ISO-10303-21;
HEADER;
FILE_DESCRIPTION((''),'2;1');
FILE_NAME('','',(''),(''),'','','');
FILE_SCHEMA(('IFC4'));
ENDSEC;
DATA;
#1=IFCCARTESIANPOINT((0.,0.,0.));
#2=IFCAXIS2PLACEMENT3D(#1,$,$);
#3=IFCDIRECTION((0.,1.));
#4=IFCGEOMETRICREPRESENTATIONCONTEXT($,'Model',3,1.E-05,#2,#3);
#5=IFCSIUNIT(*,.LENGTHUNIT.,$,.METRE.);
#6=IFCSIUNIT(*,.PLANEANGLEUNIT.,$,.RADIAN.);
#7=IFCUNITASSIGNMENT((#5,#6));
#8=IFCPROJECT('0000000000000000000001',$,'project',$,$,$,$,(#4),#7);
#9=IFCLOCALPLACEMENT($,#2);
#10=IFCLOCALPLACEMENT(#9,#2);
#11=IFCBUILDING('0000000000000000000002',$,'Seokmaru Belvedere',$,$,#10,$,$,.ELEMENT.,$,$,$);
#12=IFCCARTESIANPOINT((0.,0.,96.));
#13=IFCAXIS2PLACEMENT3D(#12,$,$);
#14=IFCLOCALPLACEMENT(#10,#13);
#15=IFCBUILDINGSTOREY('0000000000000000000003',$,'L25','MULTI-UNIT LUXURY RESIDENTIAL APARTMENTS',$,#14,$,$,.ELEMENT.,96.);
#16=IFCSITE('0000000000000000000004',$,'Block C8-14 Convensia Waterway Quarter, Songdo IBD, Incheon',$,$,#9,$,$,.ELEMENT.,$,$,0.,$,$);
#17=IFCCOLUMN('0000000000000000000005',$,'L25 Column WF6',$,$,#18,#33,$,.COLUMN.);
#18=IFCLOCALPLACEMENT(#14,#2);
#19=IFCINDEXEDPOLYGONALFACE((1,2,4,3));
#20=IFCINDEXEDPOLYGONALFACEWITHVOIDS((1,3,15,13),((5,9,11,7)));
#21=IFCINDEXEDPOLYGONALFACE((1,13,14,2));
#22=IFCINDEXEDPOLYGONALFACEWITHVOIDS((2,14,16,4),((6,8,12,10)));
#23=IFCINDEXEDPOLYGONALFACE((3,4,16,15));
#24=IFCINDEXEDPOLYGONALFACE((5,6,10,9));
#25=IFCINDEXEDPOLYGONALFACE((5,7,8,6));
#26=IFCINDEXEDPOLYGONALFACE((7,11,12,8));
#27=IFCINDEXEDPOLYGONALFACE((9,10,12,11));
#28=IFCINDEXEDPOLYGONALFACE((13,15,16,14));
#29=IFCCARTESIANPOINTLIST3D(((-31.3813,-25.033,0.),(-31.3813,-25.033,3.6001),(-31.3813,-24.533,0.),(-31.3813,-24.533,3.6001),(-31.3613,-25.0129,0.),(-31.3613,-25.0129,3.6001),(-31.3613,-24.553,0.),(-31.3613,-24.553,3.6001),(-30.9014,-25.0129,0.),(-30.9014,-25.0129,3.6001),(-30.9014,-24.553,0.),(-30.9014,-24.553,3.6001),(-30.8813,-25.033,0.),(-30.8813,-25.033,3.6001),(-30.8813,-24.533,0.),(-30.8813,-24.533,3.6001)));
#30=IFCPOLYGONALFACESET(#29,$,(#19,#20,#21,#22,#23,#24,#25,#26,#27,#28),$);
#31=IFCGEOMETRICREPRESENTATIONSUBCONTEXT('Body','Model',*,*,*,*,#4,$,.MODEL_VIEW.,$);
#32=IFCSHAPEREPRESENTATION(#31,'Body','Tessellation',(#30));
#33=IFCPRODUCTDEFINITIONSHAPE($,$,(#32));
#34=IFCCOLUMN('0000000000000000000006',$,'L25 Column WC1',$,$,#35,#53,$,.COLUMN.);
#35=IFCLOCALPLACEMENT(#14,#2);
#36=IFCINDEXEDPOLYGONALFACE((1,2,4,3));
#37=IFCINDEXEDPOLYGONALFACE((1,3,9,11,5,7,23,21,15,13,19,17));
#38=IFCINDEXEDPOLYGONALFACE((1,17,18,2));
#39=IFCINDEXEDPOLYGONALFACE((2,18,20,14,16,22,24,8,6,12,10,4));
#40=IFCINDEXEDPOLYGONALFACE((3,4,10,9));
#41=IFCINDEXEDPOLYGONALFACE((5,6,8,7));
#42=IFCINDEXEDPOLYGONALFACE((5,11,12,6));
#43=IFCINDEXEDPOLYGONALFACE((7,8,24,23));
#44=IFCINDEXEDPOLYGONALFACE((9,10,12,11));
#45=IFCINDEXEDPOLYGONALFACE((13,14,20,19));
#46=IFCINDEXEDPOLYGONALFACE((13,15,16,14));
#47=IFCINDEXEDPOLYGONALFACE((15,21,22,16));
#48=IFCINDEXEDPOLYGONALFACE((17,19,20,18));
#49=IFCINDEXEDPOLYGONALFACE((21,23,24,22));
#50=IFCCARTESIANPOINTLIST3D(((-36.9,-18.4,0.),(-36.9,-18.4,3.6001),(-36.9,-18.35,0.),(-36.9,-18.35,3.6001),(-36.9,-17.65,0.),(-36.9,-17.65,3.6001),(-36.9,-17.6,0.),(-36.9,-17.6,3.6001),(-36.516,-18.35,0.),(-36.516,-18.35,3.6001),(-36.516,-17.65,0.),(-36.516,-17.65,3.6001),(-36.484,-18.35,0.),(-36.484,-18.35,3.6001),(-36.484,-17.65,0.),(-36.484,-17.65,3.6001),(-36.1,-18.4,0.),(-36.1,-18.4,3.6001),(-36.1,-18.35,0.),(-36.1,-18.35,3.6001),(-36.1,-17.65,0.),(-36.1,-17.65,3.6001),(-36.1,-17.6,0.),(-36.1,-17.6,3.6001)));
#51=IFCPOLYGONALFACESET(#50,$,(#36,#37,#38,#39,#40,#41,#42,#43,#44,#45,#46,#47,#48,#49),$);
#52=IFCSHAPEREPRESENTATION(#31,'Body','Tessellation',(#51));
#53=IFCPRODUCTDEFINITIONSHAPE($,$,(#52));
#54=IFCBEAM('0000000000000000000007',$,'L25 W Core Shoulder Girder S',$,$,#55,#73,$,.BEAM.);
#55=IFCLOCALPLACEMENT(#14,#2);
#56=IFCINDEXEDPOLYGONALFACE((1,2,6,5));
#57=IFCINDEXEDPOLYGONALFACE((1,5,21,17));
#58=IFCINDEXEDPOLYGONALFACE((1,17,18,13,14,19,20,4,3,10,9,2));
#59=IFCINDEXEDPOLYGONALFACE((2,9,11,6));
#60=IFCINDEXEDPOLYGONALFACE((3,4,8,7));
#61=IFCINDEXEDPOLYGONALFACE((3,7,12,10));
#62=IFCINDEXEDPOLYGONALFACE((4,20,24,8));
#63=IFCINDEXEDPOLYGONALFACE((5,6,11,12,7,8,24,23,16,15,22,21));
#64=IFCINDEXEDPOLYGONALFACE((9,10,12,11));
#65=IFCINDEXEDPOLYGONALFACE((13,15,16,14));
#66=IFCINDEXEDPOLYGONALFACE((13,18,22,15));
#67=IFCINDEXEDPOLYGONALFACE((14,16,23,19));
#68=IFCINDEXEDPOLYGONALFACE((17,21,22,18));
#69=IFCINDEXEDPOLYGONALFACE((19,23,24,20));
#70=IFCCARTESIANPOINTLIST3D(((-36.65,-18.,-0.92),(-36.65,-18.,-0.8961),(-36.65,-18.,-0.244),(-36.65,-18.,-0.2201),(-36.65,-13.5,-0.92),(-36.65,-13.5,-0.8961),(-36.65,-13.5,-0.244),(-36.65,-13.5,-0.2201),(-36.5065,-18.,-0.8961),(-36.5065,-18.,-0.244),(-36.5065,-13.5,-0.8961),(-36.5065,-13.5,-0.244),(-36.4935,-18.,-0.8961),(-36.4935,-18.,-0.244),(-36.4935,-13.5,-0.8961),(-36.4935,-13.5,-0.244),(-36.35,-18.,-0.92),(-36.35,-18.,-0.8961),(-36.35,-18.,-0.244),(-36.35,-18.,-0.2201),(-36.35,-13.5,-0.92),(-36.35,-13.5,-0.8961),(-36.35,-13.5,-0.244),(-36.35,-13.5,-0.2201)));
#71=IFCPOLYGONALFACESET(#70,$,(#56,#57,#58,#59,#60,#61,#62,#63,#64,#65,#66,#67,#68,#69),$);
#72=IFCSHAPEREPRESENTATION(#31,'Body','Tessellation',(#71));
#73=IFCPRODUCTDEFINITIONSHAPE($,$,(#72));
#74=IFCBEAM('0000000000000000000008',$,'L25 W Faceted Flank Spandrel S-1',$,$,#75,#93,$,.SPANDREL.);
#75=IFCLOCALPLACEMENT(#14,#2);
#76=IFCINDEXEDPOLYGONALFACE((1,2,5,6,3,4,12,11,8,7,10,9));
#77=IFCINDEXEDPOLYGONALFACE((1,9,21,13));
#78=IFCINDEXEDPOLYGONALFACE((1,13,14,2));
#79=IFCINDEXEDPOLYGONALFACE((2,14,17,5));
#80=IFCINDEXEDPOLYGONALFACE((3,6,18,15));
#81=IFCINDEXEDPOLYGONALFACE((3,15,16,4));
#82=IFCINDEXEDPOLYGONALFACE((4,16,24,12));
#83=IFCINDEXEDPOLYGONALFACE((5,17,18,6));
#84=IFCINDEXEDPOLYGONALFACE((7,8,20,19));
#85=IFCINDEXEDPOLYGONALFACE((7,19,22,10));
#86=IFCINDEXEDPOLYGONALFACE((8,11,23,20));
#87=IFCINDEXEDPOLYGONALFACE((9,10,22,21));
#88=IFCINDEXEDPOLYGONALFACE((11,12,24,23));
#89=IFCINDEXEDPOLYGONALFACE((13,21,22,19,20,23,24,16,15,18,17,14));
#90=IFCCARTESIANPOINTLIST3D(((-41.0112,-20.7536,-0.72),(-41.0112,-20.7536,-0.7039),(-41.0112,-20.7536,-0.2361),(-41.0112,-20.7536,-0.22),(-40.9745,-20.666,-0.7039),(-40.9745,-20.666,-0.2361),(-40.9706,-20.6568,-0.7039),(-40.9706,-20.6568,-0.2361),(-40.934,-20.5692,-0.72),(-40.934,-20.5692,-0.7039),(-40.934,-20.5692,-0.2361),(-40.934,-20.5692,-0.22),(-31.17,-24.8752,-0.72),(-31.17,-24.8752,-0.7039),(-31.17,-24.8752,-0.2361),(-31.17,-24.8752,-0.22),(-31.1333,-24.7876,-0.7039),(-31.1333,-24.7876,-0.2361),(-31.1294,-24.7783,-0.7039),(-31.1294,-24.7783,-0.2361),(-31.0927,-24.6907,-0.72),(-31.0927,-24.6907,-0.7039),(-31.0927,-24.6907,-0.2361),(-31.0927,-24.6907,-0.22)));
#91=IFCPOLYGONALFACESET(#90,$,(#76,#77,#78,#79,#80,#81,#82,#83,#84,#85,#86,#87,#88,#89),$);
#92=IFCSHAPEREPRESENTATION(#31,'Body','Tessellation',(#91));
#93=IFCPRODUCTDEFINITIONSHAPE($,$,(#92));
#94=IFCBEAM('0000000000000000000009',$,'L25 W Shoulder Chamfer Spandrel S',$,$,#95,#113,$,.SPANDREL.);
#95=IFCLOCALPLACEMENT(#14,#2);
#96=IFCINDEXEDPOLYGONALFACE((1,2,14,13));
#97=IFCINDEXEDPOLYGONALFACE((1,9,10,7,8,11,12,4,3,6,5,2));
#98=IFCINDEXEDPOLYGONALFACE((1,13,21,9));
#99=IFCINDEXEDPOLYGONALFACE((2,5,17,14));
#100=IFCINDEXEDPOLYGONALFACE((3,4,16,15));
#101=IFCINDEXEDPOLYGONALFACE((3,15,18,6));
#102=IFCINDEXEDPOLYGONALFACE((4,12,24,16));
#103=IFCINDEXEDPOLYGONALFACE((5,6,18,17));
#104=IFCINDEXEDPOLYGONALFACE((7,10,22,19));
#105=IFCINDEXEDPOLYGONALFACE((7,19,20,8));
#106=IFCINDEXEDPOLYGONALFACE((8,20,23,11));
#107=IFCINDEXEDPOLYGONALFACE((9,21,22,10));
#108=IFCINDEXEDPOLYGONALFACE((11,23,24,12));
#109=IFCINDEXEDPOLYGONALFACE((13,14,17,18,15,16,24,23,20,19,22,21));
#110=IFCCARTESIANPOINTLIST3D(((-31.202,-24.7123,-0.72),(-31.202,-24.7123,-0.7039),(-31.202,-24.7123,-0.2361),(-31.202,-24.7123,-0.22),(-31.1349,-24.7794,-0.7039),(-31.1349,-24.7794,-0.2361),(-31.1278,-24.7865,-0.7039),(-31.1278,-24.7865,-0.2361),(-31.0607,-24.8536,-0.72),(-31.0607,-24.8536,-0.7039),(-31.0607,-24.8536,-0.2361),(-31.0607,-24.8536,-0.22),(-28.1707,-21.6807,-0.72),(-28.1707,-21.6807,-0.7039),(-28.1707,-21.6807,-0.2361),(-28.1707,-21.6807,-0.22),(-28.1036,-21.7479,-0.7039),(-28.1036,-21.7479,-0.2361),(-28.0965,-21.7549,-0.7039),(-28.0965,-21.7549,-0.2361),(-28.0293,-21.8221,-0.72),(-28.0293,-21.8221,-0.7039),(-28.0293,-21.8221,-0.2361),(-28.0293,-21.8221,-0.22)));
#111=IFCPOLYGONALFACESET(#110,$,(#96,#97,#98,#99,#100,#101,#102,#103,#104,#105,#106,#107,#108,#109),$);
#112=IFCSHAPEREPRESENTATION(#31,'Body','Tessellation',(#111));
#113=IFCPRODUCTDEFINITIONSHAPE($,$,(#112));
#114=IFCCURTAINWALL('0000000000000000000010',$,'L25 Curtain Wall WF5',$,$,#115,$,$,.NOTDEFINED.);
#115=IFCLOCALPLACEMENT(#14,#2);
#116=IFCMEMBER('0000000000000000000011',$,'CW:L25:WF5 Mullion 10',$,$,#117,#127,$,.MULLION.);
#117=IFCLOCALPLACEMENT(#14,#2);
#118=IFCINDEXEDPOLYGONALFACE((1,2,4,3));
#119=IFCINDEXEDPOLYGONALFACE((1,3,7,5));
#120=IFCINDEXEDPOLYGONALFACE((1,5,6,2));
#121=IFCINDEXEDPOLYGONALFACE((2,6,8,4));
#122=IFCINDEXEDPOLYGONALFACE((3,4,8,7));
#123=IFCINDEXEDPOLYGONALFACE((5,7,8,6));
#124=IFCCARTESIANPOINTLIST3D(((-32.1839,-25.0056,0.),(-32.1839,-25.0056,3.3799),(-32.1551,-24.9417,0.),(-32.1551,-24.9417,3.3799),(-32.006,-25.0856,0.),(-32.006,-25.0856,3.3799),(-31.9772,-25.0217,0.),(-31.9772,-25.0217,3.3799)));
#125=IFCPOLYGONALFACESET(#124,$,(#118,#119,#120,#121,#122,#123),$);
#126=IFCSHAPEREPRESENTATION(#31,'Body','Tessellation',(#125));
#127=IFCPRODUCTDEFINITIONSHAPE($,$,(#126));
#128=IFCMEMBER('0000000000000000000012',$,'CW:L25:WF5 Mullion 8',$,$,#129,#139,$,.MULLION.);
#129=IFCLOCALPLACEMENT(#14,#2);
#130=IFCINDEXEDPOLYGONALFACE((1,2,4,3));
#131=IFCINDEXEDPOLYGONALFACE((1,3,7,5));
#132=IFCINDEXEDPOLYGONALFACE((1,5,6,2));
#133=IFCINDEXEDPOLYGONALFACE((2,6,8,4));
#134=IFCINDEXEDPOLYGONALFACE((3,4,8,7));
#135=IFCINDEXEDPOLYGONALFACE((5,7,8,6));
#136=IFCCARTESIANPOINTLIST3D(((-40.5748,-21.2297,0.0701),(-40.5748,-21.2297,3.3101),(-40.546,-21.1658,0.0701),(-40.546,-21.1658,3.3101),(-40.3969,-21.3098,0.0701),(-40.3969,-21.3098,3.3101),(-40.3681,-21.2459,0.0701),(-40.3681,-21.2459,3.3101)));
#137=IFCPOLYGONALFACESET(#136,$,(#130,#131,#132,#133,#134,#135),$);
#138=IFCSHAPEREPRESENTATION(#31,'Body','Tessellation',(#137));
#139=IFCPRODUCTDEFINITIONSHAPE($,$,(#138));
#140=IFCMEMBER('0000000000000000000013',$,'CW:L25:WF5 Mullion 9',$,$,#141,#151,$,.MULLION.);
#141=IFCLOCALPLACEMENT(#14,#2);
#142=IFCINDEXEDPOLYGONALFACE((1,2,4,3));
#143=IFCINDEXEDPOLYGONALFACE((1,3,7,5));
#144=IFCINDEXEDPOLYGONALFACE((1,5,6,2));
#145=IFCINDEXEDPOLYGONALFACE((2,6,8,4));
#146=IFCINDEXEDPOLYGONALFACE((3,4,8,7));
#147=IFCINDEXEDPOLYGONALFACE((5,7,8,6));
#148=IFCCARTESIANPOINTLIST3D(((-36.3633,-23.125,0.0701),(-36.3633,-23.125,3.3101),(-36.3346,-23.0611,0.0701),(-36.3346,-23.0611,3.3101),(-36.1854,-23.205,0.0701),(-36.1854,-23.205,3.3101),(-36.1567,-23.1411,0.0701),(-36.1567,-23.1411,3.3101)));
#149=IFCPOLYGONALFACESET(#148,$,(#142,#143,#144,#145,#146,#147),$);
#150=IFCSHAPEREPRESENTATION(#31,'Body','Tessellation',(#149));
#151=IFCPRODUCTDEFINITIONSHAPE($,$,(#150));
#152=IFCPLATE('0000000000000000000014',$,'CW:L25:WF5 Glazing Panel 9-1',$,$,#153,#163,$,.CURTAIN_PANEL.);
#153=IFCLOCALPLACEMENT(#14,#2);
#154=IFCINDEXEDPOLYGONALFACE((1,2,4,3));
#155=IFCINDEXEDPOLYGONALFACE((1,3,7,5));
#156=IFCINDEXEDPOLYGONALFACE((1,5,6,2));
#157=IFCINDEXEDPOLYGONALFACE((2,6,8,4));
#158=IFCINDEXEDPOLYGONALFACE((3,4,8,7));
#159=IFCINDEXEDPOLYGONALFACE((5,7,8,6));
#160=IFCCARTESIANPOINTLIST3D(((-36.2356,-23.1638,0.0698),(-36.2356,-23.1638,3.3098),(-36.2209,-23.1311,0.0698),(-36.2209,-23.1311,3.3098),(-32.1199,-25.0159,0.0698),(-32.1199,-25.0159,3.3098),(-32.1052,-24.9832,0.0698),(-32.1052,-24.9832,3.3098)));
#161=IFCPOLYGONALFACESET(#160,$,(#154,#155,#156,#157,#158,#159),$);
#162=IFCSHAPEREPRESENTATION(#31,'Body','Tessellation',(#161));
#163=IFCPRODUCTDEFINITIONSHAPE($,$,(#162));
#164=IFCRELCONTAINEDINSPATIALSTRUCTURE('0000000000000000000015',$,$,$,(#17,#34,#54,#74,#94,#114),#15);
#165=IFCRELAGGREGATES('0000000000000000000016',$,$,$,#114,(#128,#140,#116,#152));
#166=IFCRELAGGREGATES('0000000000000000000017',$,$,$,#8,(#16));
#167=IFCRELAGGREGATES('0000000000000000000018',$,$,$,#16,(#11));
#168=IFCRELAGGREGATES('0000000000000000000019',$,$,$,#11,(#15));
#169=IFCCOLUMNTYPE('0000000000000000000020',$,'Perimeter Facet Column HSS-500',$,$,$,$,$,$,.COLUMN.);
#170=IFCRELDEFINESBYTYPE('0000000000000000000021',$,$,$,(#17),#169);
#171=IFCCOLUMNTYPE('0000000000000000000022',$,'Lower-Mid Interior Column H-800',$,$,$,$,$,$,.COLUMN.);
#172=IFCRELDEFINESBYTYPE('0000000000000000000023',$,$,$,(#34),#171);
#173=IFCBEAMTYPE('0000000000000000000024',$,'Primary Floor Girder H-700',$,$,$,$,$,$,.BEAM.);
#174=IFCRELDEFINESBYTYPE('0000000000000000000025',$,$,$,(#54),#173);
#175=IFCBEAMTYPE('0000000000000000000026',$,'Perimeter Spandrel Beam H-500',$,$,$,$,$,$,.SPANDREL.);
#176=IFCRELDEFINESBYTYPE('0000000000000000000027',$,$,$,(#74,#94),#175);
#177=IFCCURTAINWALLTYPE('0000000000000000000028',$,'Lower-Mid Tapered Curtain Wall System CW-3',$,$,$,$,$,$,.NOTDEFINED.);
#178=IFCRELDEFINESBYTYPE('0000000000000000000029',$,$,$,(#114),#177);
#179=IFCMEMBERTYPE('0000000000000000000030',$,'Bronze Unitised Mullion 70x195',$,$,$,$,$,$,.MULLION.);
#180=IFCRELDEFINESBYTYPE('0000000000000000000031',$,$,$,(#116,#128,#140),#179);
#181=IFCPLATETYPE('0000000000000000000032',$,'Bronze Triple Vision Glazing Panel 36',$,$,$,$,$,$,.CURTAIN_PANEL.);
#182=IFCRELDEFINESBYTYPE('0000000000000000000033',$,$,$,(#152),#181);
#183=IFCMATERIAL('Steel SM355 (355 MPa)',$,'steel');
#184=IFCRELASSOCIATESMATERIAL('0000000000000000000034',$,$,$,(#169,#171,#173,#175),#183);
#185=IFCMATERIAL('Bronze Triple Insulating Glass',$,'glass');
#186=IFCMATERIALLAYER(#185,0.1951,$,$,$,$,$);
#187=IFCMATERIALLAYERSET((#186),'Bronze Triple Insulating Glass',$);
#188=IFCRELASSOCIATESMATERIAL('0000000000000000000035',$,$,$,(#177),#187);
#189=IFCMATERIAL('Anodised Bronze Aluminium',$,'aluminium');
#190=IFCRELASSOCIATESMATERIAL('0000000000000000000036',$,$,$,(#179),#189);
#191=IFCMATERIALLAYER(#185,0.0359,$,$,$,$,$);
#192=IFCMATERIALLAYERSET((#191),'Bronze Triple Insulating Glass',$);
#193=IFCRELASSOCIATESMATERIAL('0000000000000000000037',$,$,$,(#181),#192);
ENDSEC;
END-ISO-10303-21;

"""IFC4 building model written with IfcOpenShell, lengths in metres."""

from ifc_helpers import new_model, si_unit, direction, frame, origin, origin_2d, place, context, subcontext, project, spatial, rectangle, hollow_rectangle, i_section, extrude, source, transform, mapped, material, layer, layer_set, material_profile, profile_set, type_object, type_shapes, element, aggregate, save


model = new_model("IFC4")

# Units and contexts
model_context = context("Model", 3, precision=1e-05, world=origin(), true_north=direction((0.0, 1.0)))
body_context = subcontext(model_context, "Body", "Model", "MODEL_VIEW")
ifc_project = project(units=[si_unit("LENGTHUNIT", "METRE"), si_unit("PLANEANGLEUNIT", "RADIAN")], contexts=[model_context])

# Site, building, storey
site_placement = place(None, origin())
site = spatial("IfcSite", under=ifc_project, at=site_placement, Name="Block C8-14 Convensia Waterway Quarter, Songdo IBD, Incheon", CompositionType="ELEMENT", RefElevation=0.0)
building_placement = place(site_placement, origin())
building = spatial("IfcBuilding", under=site, at=building_placement, Name="Seokmaru Belvedere", CompositionType="ELEMENT")
storey_placement = place(building_placement, frame((0.0, 0.0, 96.0)))
storey = spatial("IfcBuildingStorey", under=building, at=storey_placement, Name="L25", Description="MULTI-UNIT LUXURY RESIDENTIAL APARTMENTS", CompositionType="ELEMENT", Elevation=96.0)

# Columns
ifc_material_1 = material(Name="Steel SM355 (355 MPa)", Category="steel")
ifc_material_profile_1 = material_profile(ifc_material_1, hollow_rectangle(XDim=0.5, YDim=0.5, WallThickness=0.02, at=origin_2d()), Name="HSS-500x500x20")
ifc_profile_set_1 = profile_set([ifc_material_profile_1], Name="Steel SM355 (355 MPa)")
column_type_1 = type_object("IfcColumnType", Name="Perimeter Facet Column HSS-500", PredefinedType="COLUMN", material=ifc_profile_set_1)
shared_shape_1 = source(origin(), body_context, "Body", "SweptSolid", [
    extrude(hollow_rectangle(XDim=0.5, YDim=0.5, WallThickness=0.02, at=origin_2d()), origin(), (0.0, 0.0, 1.0), 3.6001),
])
type_shapes(column_type_1, [shared_shape_1])
column_1_placement = place(storey_placement, frame((-31.1313, -24.783, 0.0), z_axis=(0.0, 0.0, 1.0), x_axis=(1.0, 0.0, 0.0)))
element("IfcColumn", 1, at=column_1_placement, inside=storey, type_object=column_type_1, Name="L25 Column WF6", PredefinedType="COLUMN", context=body_context, shape_type="MappedRepresentation", body=[
    mapped(shared_shape_1, transform((0.0, 0.0, 0.0), scale=1.0)),
])
ifc_material_profile_2 = material_profile(ifc_material_1, i_section(OverallWidth=0.8, OverallDepth=0.8, WebThickness=0.032, FlangeThickness=0.05, at=origin_2d()), Name="H-800x800x32x50")
ifc_profile_set_2 = profile_set([ifc_material_profile_2], Name="Steel SM355 (355 MPa)")
column_type_2 = type_object("IfcColumnType", Name="Lower-Mid Interior Column H-800", PredefinedType="COLUMN", material=ifc_profile_set_2)
shared_shape_2 = source(origin(), body_context, "Body", "SweptSolid", [
    extrude(i_section(OverallWidth=0.8, OverallDepth=0.8, WebThickness=0.032, FlangeThickness=0.05, at=origin_2d()), origin(), (0.0, 0.0, 1.0), 3.6001),
])
type_shapes(column_type_2, [shared_shape_2])
column_2_placement = place(storey_placement, frame((-36.5, -18.0, 0.0), z_axis=(0.0, 0.0, 1.0), x_axis=(1.0, 0.0, 0.0)))
element("IfcColumn", 2, at=column_2_placement, inside=storey, type_object=column_type_2, Name="L25 Column WC1", PredefinedType="COLUMN", context=body_context, shape_type="MappedRepresentation", body=[
    mapped(shared_shape_2, transform((0.0, 0.0, 0.0), scale=1.0)),
])

# Beams
ifc_material_profile_3 = material_profile(ifc_material_1, i_section(OverallWidth=0.3, OverallDepth=0.7, WebThickness=0.0129, FlangeThickness=0.0239, at=origin_2d()), Name="H-700x300x13x24")
ifc_profile_set_3 = profile_set([ifc_material_profile_3], Name="Steel SM355 (355 MPa)")
beam_type_1 = type_object("IfcBeamType", Name="Primary Floor Girder H-700", PredefinedType="BEAM", material=ifc_profile_set_3)
shared_shape_3 = source(origin(), body_context, "Body", "SweptSolid", [
    extrude(i_section(OverallWidth=0.3, OverallDepth=0.7, WebThickness=0.0129, FlangeThickness=0.0239, at=origin_2d()), origin(), (0.0, 0.0, 1.0), 4.5),
])
type_shapes(beam_type_1, [shared_shape_3])
beam_1_placement = place(storey_placement, frame((-36.5, -18.0, -0.5701), z_axis=(0.0, 1.0, 0.0), x_axis=(-1.0, 0.0, 0.0)))
element("IfcBeam", 3, at=beam_1_placement, inside=storey, type_object=beam_type_1, Name="L25 W Core Shoulder Girder S", PredefinedType="BEAM", context=body_context, shape_type="MappedRepresentation", body=[
    mapped(shared_shape_3, transform((0.0, 0.0, 0.0), scale=1.0)),
])
ifc_material_profile_4 = material_profile(ifc_material_1, i_section(OverallWidth=0.2, OverallDepth=0.5, WebThickness=0.01, FlangeThickness=0.0161, at=origin_2d()), Name="H-500x200x10x16")
ifc_profile_set_4 = profile_set([ifc_material_profile_4], Name="Steel SM355 (355 MPa)")
beam_type_2 = type_object("IfcBeamType", Name="Perimeter Spandrel Beam H-500", PredefinedType="SPANDREL", material=ifc_profile_set_4)
shared_shape_4 = source(origin(), body_context, "Body", "SweptSolid", [
    extrude(i_section(OverallWidth=0.2, OverallDepth=0.5, WebThickness=0.01, FlangeThickness=0.0161, at=origin_2d()), origin(), (0.0, 0.0, 1.0), 10.6694),
])
beam_2_placement = place(storey_placement, frame((-31.1313, -24.783, -0.47), z_axis=(-0.922375, 0.386295, 0.0), x_axis=(-0.386295, -0.922375, 0.0)))
element("IfcBeam", 4, at=beam_2_placement, inside=storey, type_object=beam_type_2, Name="L25 W Faceted Flank Spandrel S-1", PredefinedType="SPANDREL", context=body_context, shape_type="MappedRepresentation", body=[
    mapped(shared_shape_4, transform((0.0, 0.0, 0.0), scale=1.0)),
])
shared_shape_5 = source(origin(), body_context, "Body", "SweptSolid", [
    extrude(i_section(OverallWidth=0.2, OverallDepth=0.5, WebThickness=0.01, FlangeThickness=0.0161, at=origin_2d()), origin(), (0.0, 0.0, 1.0), 4.2871),
])
type_shapes(beam_type_2, [shared_shape_4, shared_shape_5])
beam_3_placement = place(storey_placement, frame((-31.1313, -24.783, -0.47), z_axis=(0.707078, 0.707135, 0.0), x_axis=(-0.707135, 0.707078, 0.0)))
element("IfcBeam", 5, at=beam_3_placement, inside=storey, type_object=beam_type_2, Name="L25 W Shoulder Chamfer Spandrel S", PredefinedType="SPANDREL", context=body_context, shape_type="MappedRepresentation", body=[
    mapped(shared_shape_5, transform((0.0, 0.0, 0.0), scale=1.0)),
])

# Curtain wall, members, plate
ifc_material_2 = material(Name="Bronze Triple Insulating Glass", Category="glass")
ifc_layer_1 = layer(ifc_material_2, 0.1951)
ifc_layer_set_1 = layer_set([ifc_layer_1], Name="Bronze Triple Insulating Glass")
curtain_wall_type = type_object("IfcCurtainWallType", Name="Lower-Mid Tapered Curtain Wall System CW-3", PredefinedType="NOTDEFINED", material=ifc_layer_set_1)
curtain_wall_placement = place(storey_placement, origin())
curtain_wall = element("IfcCurtainWall", 6, at=curtain_wall_placement, inside=storey, type_object=curtain_wall_type, Name="L25 Curtain Wall WF5", PredefinedType="NOTDEFINED")
ifc_material_3 = material(Name="Anodised Bronze Aluminium", Category="aluminium")
ifc_material_profile_5 = material_profile(ifc_material_3, rectangle(XDim=0.0701, YDim=0.1951, at=origin_2d()), Name="CW-M-70x195")
ifc_profile_set_5 = profile_set([ifc_material_profile_5], Name="Anodised Bronze Aluminium")
member_type = type_object("IfcMemberType", Name="Bronze Unitised Mullion 70x195", PredefinedType="MULLION", material=ifc_profile_set_5)
shared_shape_6 = source(origin(), body_context, "Body", "SweptSolid", [
    extrude(rectangle(XDim=0.0701, YDim=0.1951, at=origin_2d()), origin(), (0.0, 0.0, 1.0), 3.3799),
])
member_1_placement = place(storey_placement, frame((-32.0806, -25.0137, 0.0), z_axis=(0.0, 0.0, 1.0), x_axis=(0.410366, 0.911921, 0.0)))
member_1 = element("IfcMember", 7, at=member_1_placement, type_object=member_type, Name="CW:L25:WF5 Mullion 10", PredefinedType="MULLION", context=body_context, shape_type="MappedRepresentation", body=[
    mapped(shared_shape_6, transform((0.0, 0.0, 0.0), scale=1.0)),
])
shared_shape_7 = source(origin(), body_context, "Body", "SweptSolid", [
    extrude(rectangle(XDim=0.0701, YDim=0.1951, at=origin_2d()), origin(), (0.0, 0.0, 1.0), 3.24),
])
type_shapes(member_type, [shared_shape_6, shared_shape_7])
member_2_placement = place(storey_placement, frame((-40.4714, -21.2378, 0.0701), z_axis=(0.0, 0.0, 1.0), x_axis=(0.410366, 0.911921, 0.0)))
member_2 = element("IfcMember", 8, at=member_2_placement, type_object=member_type, Name="CW:L25:WF5 Mullion 8", PredefinedType="MULLION", context=body_context, shape_type="MappedRepresentation", body=[
    mapped(shared_shape_7, transform((0.0, 0.0, 0.0), scale=1.0)),
])
member_3_placement = place(storey_placement, frame((-36.26, -23.1331, 0.0701), z_axis=(0.0, 0.0, 1.0), x_axis=(0.410366, 0.911921, 0.0)))
member_3 = element("IfcMember", 9, at=member_3_placement, type_object=member_type, Name="CW:L25:WF5 Mullion 9", PredefinedType="MULLION", context=body_context, shape_type="MappedRepresentation", body=[
    mapped(shared_shape_7, transform((0.0, 0.0, 0.0), scale=1.0)),
])
ifc_layer_2 = layer(ifc_material_2, 0.0359)
ifc_layer_set_2 = layer_set([ifc_layer_2], Name="Bronze Triple Insulating Glass")
plate_type = type_object("IfcPlateType", Name="Bronze Triple Vision Glazing Panel 36", PredefinedType="CURTAIN_PANEL", material=ifc_layer_set_2)
shared_shape_8 = source(origin(), body_context, "Body", "SweptSolid", [
    extrude(rectangle(XDim=4.5132, YDim=0.0359, at=origin_2d()), origin(), (0.0, 0.0, 1.0), 3.24),
])
plate_1_placement = place(storey_placement, frame((-34.1704, -24.0735, 0.0698), z_axis=(0.0, 0.0, 1.0), x_axis=(0.911921, -0.410366, 0.0)))
plate_1 = element("IfcPlate", 10, at=plate_1_placement, type_object=plate_type, Name="CW:L25:WF5 Glazing Panel 9-1", PredefinedType="CURTAIN_PANEL", context=body_context, shape_type="MappedRepresentation", body=[
    mapped(shared_shape_8, transform((0.0, 0.0, 0.0), scale=1.0)),
])
aggregate(curtain_wall, [member_2, member_3, member_1, plate_1])

save(model, "model.ifc")
